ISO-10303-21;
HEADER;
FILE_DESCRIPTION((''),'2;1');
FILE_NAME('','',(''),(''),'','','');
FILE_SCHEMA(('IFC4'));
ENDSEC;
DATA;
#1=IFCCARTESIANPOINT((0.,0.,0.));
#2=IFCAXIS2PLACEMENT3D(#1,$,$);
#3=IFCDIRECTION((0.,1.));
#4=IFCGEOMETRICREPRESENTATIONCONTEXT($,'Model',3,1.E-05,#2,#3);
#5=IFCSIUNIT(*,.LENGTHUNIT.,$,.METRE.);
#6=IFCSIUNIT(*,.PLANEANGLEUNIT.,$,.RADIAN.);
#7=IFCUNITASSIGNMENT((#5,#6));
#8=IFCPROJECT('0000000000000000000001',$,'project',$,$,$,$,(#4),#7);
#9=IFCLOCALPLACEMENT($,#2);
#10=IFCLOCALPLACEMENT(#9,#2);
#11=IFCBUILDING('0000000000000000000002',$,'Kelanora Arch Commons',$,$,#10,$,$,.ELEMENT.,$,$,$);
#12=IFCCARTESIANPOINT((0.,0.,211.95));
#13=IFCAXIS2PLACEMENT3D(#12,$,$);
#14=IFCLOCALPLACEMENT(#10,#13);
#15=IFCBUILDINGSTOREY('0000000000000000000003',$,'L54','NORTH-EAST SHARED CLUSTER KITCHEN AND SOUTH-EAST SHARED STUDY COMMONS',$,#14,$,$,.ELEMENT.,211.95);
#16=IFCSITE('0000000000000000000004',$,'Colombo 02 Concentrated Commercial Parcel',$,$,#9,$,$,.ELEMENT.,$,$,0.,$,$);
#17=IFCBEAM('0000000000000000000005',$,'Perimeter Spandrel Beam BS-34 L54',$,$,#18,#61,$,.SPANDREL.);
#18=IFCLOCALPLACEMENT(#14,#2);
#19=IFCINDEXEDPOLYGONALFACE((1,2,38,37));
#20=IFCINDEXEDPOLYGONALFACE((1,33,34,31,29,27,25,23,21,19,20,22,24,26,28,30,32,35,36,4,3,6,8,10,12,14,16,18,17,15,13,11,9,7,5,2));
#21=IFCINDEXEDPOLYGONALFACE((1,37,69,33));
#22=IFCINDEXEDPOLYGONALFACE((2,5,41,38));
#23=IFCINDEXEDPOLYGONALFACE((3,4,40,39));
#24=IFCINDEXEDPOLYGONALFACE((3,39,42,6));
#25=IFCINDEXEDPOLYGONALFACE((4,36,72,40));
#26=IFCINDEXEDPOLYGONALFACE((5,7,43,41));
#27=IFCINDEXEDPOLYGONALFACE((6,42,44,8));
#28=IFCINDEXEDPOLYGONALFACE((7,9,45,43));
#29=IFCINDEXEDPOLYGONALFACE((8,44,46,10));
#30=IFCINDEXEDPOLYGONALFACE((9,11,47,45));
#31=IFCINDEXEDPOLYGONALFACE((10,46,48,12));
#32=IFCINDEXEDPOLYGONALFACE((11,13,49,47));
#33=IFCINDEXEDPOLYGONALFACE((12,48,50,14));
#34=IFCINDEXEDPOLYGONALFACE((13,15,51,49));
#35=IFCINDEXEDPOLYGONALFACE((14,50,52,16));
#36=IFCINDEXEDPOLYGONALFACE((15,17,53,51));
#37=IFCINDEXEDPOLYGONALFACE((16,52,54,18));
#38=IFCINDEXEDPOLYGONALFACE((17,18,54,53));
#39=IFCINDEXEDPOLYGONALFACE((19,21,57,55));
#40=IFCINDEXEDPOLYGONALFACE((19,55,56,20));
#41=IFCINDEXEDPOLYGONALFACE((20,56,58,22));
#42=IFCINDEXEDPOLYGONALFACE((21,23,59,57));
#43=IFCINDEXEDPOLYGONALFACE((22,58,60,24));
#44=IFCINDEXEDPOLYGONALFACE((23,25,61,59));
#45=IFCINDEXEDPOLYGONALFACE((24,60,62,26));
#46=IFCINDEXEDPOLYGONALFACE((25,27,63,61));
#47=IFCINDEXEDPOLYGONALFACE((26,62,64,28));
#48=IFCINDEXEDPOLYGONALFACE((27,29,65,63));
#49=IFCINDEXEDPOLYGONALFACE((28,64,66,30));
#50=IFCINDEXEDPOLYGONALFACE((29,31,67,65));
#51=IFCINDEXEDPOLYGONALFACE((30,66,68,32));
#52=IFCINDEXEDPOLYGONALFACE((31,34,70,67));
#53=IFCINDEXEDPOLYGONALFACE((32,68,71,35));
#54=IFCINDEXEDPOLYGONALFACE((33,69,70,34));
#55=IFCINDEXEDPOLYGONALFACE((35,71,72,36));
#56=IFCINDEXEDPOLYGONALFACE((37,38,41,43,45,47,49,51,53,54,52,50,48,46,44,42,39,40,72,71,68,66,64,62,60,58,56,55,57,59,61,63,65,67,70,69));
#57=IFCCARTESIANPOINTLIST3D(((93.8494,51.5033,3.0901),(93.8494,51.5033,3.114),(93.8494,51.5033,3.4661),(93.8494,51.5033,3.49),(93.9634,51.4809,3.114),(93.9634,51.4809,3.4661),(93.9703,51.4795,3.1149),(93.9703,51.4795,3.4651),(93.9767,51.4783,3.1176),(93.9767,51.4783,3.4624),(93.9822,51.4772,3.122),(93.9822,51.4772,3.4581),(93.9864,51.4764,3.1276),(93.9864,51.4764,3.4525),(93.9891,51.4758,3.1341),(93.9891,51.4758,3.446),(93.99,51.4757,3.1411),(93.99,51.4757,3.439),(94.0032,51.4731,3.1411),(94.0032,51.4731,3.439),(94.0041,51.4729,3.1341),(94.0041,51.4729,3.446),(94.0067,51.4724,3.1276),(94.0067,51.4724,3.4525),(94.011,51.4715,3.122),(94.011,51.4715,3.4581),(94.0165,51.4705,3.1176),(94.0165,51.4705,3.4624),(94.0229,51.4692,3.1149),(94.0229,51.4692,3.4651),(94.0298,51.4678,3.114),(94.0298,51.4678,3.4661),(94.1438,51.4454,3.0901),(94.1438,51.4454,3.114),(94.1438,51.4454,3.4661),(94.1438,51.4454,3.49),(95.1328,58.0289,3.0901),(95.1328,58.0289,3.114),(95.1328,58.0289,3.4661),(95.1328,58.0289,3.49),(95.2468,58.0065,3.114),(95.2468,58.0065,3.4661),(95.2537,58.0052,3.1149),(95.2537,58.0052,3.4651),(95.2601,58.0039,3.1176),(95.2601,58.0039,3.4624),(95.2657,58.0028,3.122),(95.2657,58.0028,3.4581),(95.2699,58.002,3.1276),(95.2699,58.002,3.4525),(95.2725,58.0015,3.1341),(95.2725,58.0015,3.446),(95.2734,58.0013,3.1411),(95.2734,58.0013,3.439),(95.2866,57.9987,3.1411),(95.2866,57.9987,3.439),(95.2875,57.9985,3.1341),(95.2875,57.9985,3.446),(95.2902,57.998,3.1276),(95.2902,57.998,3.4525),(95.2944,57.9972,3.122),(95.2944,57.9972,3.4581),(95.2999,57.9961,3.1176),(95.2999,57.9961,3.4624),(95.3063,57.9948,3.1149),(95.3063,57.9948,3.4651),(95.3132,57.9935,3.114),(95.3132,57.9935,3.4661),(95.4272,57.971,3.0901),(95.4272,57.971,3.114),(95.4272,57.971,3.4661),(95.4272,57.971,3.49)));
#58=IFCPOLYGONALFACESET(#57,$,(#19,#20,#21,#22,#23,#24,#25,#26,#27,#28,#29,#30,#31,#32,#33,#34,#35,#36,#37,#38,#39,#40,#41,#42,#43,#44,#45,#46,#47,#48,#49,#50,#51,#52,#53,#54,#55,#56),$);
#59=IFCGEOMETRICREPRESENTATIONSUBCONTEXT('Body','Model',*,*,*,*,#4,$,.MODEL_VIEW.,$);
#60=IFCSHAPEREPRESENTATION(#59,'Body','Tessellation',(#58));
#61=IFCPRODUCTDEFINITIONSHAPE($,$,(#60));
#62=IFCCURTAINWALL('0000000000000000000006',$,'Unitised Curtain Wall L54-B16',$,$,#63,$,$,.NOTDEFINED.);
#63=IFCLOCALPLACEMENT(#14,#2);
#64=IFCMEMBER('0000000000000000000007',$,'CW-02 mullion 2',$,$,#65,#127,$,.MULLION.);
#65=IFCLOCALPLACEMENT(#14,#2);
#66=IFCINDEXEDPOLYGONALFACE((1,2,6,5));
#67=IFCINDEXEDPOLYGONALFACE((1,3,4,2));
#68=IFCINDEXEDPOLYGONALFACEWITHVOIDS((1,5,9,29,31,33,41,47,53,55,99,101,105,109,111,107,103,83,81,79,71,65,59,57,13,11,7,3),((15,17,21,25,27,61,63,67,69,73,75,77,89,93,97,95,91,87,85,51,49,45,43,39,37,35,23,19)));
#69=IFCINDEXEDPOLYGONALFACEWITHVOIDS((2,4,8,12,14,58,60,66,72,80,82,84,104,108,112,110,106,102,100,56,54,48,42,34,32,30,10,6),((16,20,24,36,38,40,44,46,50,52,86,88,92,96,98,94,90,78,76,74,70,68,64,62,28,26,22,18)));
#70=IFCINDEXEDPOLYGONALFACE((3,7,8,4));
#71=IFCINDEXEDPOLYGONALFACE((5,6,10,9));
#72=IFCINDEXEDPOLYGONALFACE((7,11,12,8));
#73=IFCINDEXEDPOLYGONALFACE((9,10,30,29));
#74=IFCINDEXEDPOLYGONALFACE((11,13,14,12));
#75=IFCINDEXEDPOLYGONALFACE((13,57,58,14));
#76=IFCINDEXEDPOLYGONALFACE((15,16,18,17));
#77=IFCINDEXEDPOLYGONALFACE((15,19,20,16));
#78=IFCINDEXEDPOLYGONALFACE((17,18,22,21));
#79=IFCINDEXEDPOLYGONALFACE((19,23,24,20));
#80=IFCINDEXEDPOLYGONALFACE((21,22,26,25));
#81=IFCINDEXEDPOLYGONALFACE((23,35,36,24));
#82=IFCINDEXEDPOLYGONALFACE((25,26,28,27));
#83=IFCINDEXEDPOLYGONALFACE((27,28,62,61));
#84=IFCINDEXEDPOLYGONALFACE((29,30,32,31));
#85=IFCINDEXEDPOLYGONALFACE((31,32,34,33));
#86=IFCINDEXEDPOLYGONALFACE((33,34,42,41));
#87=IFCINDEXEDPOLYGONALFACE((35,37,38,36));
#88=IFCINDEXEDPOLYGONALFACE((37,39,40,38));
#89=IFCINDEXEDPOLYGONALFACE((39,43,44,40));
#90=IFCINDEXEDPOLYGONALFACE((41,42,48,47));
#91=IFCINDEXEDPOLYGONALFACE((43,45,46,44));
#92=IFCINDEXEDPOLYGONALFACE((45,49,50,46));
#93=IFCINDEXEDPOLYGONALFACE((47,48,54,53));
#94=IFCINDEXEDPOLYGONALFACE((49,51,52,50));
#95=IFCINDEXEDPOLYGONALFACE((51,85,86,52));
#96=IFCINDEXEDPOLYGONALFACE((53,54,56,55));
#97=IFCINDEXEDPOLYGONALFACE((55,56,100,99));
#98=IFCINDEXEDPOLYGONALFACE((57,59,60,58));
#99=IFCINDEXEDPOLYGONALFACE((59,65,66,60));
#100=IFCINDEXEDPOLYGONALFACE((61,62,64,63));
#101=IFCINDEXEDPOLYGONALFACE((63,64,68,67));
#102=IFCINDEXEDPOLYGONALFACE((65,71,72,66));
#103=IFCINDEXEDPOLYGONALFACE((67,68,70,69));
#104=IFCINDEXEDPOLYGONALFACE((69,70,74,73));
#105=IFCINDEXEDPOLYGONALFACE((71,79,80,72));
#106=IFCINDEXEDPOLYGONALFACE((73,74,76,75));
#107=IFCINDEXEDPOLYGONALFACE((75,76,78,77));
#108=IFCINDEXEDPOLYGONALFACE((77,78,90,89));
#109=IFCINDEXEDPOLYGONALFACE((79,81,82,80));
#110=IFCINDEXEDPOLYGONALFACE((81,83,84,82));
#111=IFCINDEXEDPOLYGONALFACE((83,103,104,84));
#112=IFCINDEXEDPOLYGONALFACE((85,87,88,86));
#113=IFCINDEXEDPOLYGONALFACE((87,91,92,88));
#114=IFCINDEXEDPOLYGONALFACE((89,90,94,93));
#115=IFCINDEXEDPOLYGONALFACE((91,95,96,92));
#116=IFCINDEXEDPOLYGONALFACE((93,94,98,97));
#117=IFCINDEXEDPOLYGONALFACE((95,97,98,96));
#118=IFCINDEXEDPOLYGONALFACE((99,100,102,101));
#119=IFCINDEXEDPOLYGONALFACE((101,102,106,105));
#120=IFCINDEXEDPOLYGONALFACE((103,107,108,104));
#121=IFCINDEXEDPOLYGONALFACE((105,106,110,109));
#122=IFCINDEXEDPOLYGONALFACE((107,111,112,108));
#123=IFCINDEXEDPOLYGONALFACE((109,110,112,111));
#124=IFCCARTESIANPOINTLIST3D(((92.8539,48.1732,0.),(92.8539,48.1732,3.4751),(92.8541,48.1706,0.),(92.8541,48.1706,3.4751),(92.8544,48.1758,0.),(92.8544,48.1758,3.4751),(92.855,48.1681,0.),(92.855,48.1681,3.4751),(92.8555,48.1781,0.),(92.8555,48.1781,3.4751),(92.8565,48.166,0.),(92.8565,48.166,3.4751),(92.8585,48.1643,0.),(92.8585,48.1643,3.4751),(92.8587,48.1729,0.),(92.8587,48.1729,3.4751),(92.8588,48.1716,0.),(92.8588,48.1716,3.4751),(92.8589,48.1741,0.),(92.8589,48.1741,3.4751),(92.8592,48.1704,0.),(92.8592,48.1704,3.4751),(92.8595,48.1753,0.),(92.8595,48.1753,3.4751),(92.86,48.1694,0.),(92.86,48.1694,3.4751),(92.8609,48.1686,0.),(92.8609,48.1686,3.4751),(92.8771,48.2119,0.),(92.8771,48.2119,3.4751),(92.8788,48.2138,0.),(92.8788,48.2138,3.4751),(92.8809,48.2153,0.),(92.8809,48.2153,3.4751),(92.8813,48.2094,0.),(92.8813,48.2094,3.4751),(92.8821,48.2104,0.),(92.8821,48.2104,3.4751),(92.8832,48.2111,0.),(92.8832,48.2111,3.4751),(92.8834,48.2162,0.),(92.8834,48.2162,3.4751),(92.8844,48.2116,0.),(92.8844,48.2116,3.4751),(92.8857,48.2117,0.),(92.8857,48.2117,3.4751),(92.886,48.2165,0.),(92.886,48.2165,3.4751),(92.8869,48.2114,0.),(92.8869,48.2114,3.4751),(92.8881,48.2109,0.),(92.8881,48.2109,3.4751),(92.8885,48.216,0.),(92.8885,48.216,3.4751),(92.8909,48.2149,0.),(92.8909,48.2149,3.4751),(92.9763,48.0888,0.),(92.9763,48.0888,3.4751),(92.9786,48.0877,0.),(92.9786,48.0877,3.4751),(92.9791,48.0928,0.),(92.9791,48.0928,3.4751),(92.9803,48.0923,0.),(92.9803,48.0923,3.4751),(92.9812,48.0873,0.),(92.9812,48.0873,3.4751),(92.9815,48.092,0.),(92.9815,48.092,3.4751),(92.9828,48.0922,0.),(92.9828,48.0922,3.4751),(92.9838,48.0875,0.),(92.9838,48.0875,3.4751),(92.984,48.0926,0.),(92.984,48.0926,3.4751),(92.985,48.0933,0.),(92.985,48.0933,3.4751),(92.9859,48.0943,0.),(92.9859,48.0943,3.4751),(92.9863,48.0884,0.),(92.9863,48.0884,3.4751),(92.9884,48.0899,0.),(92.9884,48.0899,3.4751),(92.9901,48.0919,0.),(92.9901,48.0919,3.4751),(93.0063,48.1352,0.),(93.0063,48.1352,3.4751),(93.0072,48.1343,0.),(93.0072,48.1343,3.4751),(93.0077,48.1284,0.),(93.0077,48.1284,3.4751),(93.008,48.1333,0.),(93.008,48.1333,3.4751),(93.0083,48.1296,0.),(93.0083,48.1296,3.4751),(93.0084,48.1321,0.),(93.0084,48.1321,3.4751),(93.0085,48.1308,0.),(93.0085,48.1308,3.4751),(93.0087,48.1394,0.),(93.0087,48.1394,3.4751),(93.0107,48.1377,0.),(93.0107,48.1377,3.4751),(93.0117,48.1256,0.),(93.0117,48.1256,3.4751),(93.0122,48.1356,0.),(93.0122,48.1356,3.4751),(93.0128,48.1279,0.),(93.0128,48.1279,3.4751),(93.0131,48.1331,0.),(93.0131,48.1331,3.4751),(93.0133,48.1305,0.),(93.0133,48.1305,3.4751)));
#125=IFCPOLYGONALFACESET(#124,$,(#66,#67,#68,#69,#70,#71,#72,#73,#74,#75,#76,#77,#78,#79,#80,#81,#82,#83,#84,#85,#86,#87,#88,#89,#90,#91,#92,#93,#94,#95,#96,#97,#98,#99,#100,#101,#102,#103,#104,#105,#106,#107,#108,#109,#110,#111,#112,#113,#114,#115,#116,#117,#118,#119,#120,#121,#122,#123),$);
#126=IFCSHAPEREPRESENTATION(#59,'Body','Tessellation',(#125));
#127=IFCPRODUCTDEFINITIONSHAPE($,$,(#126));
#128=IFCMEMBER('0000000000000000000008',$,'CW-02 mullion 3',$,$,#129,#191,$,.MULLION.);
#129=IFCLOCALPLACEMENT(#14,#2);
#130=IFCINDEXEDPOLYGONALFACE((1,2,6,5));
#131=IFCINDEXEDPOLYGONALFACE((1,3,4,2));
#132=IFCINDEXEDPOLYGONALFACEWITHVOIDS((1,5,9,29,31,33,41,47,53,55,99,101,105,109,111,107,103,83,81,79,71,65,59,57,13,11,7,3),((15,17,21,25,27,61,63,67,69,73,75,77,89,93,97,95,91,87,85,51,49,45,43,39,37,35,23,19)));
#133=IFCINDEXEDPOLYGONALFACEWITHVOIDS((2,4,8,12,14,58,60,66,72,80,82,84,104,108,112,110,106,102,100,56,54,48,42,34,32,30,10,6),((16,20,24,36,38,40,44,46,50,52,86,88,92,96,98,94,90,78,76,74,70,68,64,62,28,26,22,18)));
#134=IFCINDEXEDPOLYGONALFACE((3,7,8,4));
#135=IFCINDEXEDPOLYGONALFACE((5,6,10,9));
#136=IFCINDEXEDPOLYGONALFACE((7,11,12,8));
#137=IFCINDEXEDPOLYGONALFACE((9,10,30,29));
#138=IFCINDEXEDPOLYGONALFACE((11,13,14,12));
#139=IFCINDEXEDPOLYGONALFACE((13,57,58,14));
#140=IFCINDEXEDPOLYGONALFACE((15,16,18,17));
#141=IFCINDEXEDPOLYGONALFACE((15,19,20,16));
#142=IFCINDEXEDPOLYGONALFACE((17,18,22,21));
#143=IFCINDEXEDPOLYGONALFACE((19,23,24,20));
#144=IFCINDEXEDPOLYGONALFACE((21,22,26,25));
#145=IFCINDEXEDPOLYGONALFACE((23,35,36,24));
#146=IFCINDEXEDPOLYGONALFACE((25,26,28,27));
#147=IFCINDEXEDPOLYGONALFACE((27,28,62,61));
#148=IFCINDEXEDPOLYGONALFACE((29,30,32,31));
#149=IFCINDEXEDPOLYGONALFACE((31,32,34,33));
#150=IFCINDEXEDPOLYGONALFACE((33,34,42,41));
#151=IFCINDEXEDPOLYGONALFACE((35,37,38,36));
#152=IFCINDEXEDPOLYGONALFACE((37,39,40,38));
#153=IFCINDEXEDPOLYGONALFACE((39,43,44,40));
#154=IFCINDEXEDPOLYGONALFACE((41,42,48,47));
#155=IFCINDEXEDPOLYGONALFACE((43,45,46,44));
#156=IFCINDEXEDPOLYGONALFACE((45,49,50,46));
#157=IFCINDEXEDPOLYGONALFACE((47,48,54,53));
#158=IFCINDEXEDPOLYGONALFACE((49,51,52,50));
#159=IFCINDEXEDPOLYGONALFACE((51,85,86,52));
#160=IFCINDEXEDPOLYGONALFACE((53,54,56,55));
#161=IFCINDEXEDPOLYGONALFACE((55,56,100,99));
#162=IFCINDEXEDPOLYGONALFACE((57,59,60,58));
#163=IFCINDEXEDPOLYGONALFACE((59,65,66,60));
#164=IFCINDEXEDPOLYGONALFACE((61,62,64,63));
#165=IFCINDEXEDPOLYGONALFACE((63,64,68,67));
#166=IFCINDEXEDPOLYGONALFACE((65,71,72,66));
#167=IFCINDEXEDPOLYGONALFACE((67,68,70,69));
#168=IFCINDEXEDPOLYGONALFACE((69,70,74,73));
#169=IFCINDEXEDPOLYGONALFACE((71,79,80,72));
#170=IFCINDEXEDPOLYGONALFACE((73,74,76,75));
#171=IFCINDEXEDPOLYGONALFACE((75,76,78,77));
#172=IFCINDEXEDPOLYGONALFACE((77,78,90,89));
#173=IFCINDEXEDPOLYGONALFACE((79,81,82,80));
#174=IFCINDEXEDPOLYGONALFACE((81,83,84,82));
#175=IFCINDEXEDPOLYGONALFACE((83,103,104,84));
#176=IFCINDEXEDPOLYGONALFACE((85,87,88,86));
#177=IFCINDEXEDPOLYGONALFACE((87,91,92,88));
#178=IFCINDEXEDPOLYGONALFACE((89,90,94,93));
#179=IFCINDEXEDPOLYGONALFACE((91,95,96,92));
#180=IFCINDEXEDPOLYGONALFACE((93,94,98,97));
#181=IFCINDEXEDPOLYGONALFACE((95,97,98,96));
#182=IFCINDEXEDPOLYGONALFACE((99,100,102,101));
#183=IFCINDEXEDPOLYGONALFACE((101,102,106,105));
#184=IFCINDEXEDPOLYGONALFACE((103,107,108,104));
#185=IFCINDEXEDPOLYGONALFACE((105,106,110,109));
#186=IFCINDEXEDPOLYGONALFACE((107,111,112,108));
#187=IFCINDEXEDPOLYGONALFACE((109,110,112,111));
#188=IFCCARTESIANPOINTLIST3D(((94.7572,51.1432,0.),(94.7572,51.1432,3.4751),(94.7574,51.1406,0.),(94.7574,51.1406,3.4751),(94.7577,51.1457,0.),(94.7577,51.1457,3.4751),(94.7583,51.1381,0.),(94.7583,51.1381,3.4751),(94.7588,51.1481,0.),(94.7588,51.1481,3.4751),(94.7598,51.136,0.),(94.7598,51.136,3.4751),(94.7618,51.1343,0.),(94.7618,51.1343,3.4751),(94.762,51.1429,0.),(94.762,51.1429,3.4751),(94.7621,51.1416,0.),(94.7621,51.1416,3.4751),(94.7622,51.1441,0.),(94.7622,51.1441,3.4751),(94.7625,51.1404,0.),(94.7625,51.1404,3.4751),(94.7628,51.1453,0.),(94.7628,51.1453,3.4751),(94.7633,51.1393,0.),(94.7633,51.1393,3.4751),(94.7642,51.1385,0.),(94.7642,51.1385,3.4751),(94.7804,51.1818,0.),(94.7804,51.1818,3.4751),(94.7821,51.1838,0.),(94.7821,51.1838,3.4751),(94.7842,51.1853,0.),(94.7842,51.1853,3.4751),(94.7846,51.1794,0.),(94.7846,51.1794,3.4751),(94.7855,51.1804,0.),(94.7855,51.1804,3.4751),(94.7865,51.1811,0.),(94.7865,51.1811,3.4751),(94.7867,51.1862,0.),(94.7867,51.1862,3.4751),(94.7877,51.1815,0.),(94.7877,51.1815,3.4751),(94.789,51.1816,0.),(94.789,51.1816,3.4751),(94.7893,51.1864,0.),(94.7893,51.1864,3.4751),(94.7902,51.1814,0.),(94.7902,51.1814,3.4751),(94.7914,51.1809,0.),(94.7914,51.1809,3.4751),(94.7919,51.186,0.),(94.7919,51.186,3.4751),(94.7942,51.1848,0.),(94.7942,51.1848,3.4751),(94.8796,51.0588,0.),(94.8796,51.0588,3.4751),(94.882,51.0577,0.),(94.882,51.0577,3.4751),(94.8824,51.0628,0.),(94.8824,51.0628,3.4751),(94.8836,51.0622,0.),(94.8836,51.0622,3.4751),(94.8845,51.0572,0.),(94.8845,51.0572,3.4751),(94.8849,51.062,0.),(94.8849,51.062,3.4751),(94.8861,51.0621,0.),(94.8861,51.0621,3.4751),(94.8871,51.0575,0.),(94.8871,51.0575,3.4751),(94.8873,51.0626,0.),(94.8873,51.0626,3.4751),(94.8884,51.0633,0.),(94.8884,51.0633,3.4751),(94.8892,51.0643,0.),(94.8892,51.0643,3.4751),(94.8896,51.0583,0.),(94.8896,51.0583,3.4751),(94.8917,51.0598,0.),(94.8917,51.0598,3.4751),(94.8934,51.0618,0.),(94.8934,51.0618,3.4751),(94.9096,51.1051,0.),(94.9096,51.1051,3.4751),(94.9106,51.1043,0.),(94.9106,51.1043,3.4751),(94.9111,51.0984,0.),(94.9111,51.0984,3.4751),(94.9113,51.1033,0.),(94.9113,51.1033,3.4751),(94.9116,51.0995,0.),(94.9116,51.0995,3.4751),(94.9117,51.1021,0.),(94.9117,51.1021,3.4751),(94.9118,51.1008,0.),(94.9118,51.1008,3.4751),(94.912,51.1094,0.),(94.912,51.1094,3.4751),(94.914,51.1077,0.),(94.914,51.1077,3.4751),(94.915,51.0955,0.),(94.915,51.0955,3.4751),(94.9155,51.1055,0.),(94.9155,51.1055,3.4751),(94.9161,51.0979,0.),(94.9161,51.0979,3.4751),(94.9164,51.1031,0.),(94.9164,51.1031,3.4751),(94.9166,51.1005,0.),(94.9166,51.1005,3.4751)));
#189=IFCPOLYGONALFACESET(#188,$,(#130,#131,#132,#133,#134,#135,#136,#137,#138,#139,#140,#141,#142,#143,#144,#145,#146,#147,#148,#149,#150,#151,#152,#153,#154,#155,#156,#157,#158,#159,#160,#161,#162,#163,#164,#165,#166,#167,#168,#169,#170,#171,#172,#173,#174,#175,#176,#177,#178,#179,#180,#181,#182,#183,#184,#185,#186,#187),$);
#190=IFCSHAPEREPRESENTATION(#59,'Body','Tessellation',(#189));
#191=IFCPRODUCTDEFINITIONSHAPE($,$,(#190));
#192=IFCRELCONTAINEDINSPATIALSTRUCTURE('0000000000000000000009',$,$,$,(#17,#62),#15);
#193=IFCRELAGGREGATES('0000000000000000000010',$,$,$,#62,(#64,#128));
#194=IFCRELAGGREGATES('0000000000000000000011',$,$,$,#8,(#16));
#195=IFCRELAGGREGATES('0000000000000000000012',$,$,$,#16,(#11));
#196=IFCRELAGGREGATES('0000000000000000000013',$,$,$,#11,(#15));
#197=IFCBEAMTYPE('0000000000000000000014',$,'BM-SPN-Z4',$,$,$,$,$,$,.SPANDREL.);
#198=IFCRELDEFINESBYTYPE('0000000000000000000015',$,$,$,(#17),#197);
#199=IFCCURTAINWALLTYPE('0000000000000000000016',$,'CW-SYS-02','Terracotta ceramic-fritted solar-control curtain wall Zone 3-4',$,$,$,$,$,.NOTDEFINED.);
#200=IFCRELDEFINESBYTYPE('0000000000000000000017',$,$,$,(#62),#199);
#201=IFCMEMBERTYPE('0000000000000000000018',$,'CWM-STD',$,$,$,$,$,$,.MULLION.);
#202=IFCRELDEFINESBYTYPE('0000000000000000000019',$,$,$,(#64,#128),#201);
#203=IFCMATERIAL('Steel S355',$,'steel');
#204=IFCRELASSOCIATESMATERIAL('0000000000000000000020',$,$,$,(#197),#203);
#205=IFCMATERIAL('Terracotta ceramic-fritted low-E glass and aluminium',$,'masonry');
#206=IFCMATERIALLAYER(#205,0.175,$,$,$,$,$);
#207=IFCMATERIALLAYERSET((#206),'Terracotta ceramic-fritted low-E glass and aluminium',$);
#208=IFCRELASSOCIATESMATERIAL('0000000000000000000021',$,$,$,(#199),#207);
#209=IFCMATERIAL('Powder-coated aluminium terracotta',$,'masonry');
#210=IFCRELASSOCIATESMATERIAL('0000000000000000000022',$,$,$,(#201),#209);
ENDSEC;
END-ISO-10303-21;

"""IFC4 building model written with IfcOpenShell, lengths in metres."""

from ifc_helpers import new_model, si_unit, direction, frame, origin, origin_2d, place, context, subcontext, project, spatial, hollow_rectangle, i_section, extrude, material, layer, layer_set, material_profile, profile_set, type_object, element, aggregate, save


model = new_model("IFC4")

# Units and contexts
model_context = context("Model", 3, precision=1e-05, world=origin(), true_north=direction((0.0, 1.0)))
body_context = subcontext(model_context, "Body", "Model", "MODEL_VIEW")
ifc_project = project(units=[si_unit("LENGTHUNIT", "METRE"), si_unit("PLANEANGLEUNIT", "RADIAN")], contexts=[model_context])

# Site, building, storey
site_placement = place(None, origin())
site = spatial("IfcSite", under=ifc_project, at=site_placement, Name="Colombo 02 Concentrated Commercial Parcel", CompositionType="ELEMENT", RefElevation=0.0)
building_placement = place(site_placement, origin())
building = spatial("IfcBuilding", under=site, at=building_placement, Name="Kelanora Arch Commons", CompositionType="ELEMENT")
storey_placement = place(building_placement, frame((0.0, 0.0, 211.95)))
storey = spatial("IfcBuildingStorey", under=building, at=storey_placement, Name="L54", Description="NORTH-EAST SHARED CLUSTER KITCHEN AND SOUTH-EAST SHARED STUDY COMMONS", CompositionType="ELEMENT", Elevation=211.95)

# Beam
ifc_material_1 = material(Name="Steel S355", Category="steel")
ifc_material_profile_1 = material_profile(ifc_material_1, i_section(OverallWidth=0.3, OverallDepth=0.3999, WebThickness=0.0134, FlangeThickness=0.0239, FilletRadius=0.0271, at=origin_2d()), Name="HEB400")
ifc_profile_set_1 = profile_set([ifc_material_profile_1], Name="Steel S355")
beam_type_1 = type_object("IfcBeamType", Name="BM-SPN-Z4", PredefinedType="SPANDREL", material=ifc_profile_set_1)
for number, where, z_axis, x_axis, name in (
    (1, (93.9966, 51.4744, 3.29), (0.192981, 0.981203, 0.0), (-0.981203, 0.192981, 0.0), "Perimeter Spandrel Beam BS-34 L54"),
):
    element("IfcBeam", number, at=place(storey_placement, frame(where, z_axis=z_axis, x_axis=x_axis)), inside=storey, type_object=beam_type_1, Name=name, PredefinedType="SPANDREL", context=body_context, shape_type="SweptSolid", body=[
        extrude(i_section(OverallWidth=0.3, OverallDepth=0.3999, WebThickness=0.0134, FlangeThickness=0.0239, FilletRadius=0.0271, at=origin_2d()), origin(), (0.0, 0.0, 1.0), 6.6506),
    ])

# Curtain wall, members
ifc_material_2 = material(Name="Terracotta ceramic-fritted low-E glass and aluminium", Category="masonry")
ifc_layer_1 = layer(ifc_material_2, 0.175)
ifc_layer_set_1 = layer_set([ifc_layer_1], Name="Terracotta ceramic-fritted low-E glass and aluminium")
curtain_wall_type = type_object("IfcCurtainWallType", Name="CW-SYS-02", Description="Terracotta ceramic-fritted solar-control curtain wall Zone 3-4", PredefinedType="NOTDEFINED", material=ifc_layer_set_1)
curtain_wall_placement = place(storey_placement, origin())
curtain_wall = element("IfcCurtainWall", 2, at=curtain_wall_placement, inside=storey, type_object=curtain_wall_type, Name="Unitised Curtain Wall L54-B16", PredefinedType="NOTDEFINED")
ifc_material_3 = material(Name="Powder-coated aluminium terracotta", Category="masonry")
ifc_material_profile_2 = material_profile(ifc_material_3, hollow_rectangle(XDim=0.1599, YDim=0.0601, WallThickness=0.0049, InnerFilletRadius=0.0049, OuterFilletRadius=0.01, at=origin_2d()), Name="CWM160x60")
ifc_profile_set_2 = profile_set([ifc_material_profile_2], Name="Powder-coated aluminium terracotta")
member_type_1 = type_object("IfcMemberType", Name="CWM-STD", PredefinedType="MULLION", material=ifc_profile_set_2)
member_1_placement = place(storey_placement, frame((92.9336, 48.1519, 0.0), z_axis=(0.0, 0.0, 1.0), x_axis=(-0.841948, 0.539559, 0.0)))
member_1 = element("IfcMember", 3, at=member_1_placement, type_object=member_type_1, Name="CW-02 mullion 2", PredefinedType="MULLION", context=body_context, shape_type="SweptSolid", body=[
    extrude(hollow_rectangle(XDim=0.1599, YDim=0.0601, WallThickness=0.0049, InnerFilletRadius=0.0049, OuterFilletRadius=0.01, at=origin_2d()), origin(), (0.0, 0.0, 1.0), 3.4751),
])
member_2_placement = place(storey_placement, frame((94.8369, 51.1218, 0.0), z_axis=(0.0, 0.0, 1.0), x_axis=(-0.841948, 0.539559, 0.0)))
member_2 = element("IfcMember", 4, at=member_2_placement, type_object=member_type_1, Name="CW-02 mullion 3", PredefinedType="MULLION", context=body_context, shape_type="SweptSolid", body=[
    extrude(hollow_rectangle(XDim=0.1599, YDim=0.0601, WallThickness=0.0049, InnerFilletRadius=0.0049, OuterFilletRadius=0.01, at=origin_2d()), origin(), (0.0, 0.0, 1.0), 3.4751),
])
aggregate(curtain_wall, [member_1, member_2])

save(model, "model.ifc")
